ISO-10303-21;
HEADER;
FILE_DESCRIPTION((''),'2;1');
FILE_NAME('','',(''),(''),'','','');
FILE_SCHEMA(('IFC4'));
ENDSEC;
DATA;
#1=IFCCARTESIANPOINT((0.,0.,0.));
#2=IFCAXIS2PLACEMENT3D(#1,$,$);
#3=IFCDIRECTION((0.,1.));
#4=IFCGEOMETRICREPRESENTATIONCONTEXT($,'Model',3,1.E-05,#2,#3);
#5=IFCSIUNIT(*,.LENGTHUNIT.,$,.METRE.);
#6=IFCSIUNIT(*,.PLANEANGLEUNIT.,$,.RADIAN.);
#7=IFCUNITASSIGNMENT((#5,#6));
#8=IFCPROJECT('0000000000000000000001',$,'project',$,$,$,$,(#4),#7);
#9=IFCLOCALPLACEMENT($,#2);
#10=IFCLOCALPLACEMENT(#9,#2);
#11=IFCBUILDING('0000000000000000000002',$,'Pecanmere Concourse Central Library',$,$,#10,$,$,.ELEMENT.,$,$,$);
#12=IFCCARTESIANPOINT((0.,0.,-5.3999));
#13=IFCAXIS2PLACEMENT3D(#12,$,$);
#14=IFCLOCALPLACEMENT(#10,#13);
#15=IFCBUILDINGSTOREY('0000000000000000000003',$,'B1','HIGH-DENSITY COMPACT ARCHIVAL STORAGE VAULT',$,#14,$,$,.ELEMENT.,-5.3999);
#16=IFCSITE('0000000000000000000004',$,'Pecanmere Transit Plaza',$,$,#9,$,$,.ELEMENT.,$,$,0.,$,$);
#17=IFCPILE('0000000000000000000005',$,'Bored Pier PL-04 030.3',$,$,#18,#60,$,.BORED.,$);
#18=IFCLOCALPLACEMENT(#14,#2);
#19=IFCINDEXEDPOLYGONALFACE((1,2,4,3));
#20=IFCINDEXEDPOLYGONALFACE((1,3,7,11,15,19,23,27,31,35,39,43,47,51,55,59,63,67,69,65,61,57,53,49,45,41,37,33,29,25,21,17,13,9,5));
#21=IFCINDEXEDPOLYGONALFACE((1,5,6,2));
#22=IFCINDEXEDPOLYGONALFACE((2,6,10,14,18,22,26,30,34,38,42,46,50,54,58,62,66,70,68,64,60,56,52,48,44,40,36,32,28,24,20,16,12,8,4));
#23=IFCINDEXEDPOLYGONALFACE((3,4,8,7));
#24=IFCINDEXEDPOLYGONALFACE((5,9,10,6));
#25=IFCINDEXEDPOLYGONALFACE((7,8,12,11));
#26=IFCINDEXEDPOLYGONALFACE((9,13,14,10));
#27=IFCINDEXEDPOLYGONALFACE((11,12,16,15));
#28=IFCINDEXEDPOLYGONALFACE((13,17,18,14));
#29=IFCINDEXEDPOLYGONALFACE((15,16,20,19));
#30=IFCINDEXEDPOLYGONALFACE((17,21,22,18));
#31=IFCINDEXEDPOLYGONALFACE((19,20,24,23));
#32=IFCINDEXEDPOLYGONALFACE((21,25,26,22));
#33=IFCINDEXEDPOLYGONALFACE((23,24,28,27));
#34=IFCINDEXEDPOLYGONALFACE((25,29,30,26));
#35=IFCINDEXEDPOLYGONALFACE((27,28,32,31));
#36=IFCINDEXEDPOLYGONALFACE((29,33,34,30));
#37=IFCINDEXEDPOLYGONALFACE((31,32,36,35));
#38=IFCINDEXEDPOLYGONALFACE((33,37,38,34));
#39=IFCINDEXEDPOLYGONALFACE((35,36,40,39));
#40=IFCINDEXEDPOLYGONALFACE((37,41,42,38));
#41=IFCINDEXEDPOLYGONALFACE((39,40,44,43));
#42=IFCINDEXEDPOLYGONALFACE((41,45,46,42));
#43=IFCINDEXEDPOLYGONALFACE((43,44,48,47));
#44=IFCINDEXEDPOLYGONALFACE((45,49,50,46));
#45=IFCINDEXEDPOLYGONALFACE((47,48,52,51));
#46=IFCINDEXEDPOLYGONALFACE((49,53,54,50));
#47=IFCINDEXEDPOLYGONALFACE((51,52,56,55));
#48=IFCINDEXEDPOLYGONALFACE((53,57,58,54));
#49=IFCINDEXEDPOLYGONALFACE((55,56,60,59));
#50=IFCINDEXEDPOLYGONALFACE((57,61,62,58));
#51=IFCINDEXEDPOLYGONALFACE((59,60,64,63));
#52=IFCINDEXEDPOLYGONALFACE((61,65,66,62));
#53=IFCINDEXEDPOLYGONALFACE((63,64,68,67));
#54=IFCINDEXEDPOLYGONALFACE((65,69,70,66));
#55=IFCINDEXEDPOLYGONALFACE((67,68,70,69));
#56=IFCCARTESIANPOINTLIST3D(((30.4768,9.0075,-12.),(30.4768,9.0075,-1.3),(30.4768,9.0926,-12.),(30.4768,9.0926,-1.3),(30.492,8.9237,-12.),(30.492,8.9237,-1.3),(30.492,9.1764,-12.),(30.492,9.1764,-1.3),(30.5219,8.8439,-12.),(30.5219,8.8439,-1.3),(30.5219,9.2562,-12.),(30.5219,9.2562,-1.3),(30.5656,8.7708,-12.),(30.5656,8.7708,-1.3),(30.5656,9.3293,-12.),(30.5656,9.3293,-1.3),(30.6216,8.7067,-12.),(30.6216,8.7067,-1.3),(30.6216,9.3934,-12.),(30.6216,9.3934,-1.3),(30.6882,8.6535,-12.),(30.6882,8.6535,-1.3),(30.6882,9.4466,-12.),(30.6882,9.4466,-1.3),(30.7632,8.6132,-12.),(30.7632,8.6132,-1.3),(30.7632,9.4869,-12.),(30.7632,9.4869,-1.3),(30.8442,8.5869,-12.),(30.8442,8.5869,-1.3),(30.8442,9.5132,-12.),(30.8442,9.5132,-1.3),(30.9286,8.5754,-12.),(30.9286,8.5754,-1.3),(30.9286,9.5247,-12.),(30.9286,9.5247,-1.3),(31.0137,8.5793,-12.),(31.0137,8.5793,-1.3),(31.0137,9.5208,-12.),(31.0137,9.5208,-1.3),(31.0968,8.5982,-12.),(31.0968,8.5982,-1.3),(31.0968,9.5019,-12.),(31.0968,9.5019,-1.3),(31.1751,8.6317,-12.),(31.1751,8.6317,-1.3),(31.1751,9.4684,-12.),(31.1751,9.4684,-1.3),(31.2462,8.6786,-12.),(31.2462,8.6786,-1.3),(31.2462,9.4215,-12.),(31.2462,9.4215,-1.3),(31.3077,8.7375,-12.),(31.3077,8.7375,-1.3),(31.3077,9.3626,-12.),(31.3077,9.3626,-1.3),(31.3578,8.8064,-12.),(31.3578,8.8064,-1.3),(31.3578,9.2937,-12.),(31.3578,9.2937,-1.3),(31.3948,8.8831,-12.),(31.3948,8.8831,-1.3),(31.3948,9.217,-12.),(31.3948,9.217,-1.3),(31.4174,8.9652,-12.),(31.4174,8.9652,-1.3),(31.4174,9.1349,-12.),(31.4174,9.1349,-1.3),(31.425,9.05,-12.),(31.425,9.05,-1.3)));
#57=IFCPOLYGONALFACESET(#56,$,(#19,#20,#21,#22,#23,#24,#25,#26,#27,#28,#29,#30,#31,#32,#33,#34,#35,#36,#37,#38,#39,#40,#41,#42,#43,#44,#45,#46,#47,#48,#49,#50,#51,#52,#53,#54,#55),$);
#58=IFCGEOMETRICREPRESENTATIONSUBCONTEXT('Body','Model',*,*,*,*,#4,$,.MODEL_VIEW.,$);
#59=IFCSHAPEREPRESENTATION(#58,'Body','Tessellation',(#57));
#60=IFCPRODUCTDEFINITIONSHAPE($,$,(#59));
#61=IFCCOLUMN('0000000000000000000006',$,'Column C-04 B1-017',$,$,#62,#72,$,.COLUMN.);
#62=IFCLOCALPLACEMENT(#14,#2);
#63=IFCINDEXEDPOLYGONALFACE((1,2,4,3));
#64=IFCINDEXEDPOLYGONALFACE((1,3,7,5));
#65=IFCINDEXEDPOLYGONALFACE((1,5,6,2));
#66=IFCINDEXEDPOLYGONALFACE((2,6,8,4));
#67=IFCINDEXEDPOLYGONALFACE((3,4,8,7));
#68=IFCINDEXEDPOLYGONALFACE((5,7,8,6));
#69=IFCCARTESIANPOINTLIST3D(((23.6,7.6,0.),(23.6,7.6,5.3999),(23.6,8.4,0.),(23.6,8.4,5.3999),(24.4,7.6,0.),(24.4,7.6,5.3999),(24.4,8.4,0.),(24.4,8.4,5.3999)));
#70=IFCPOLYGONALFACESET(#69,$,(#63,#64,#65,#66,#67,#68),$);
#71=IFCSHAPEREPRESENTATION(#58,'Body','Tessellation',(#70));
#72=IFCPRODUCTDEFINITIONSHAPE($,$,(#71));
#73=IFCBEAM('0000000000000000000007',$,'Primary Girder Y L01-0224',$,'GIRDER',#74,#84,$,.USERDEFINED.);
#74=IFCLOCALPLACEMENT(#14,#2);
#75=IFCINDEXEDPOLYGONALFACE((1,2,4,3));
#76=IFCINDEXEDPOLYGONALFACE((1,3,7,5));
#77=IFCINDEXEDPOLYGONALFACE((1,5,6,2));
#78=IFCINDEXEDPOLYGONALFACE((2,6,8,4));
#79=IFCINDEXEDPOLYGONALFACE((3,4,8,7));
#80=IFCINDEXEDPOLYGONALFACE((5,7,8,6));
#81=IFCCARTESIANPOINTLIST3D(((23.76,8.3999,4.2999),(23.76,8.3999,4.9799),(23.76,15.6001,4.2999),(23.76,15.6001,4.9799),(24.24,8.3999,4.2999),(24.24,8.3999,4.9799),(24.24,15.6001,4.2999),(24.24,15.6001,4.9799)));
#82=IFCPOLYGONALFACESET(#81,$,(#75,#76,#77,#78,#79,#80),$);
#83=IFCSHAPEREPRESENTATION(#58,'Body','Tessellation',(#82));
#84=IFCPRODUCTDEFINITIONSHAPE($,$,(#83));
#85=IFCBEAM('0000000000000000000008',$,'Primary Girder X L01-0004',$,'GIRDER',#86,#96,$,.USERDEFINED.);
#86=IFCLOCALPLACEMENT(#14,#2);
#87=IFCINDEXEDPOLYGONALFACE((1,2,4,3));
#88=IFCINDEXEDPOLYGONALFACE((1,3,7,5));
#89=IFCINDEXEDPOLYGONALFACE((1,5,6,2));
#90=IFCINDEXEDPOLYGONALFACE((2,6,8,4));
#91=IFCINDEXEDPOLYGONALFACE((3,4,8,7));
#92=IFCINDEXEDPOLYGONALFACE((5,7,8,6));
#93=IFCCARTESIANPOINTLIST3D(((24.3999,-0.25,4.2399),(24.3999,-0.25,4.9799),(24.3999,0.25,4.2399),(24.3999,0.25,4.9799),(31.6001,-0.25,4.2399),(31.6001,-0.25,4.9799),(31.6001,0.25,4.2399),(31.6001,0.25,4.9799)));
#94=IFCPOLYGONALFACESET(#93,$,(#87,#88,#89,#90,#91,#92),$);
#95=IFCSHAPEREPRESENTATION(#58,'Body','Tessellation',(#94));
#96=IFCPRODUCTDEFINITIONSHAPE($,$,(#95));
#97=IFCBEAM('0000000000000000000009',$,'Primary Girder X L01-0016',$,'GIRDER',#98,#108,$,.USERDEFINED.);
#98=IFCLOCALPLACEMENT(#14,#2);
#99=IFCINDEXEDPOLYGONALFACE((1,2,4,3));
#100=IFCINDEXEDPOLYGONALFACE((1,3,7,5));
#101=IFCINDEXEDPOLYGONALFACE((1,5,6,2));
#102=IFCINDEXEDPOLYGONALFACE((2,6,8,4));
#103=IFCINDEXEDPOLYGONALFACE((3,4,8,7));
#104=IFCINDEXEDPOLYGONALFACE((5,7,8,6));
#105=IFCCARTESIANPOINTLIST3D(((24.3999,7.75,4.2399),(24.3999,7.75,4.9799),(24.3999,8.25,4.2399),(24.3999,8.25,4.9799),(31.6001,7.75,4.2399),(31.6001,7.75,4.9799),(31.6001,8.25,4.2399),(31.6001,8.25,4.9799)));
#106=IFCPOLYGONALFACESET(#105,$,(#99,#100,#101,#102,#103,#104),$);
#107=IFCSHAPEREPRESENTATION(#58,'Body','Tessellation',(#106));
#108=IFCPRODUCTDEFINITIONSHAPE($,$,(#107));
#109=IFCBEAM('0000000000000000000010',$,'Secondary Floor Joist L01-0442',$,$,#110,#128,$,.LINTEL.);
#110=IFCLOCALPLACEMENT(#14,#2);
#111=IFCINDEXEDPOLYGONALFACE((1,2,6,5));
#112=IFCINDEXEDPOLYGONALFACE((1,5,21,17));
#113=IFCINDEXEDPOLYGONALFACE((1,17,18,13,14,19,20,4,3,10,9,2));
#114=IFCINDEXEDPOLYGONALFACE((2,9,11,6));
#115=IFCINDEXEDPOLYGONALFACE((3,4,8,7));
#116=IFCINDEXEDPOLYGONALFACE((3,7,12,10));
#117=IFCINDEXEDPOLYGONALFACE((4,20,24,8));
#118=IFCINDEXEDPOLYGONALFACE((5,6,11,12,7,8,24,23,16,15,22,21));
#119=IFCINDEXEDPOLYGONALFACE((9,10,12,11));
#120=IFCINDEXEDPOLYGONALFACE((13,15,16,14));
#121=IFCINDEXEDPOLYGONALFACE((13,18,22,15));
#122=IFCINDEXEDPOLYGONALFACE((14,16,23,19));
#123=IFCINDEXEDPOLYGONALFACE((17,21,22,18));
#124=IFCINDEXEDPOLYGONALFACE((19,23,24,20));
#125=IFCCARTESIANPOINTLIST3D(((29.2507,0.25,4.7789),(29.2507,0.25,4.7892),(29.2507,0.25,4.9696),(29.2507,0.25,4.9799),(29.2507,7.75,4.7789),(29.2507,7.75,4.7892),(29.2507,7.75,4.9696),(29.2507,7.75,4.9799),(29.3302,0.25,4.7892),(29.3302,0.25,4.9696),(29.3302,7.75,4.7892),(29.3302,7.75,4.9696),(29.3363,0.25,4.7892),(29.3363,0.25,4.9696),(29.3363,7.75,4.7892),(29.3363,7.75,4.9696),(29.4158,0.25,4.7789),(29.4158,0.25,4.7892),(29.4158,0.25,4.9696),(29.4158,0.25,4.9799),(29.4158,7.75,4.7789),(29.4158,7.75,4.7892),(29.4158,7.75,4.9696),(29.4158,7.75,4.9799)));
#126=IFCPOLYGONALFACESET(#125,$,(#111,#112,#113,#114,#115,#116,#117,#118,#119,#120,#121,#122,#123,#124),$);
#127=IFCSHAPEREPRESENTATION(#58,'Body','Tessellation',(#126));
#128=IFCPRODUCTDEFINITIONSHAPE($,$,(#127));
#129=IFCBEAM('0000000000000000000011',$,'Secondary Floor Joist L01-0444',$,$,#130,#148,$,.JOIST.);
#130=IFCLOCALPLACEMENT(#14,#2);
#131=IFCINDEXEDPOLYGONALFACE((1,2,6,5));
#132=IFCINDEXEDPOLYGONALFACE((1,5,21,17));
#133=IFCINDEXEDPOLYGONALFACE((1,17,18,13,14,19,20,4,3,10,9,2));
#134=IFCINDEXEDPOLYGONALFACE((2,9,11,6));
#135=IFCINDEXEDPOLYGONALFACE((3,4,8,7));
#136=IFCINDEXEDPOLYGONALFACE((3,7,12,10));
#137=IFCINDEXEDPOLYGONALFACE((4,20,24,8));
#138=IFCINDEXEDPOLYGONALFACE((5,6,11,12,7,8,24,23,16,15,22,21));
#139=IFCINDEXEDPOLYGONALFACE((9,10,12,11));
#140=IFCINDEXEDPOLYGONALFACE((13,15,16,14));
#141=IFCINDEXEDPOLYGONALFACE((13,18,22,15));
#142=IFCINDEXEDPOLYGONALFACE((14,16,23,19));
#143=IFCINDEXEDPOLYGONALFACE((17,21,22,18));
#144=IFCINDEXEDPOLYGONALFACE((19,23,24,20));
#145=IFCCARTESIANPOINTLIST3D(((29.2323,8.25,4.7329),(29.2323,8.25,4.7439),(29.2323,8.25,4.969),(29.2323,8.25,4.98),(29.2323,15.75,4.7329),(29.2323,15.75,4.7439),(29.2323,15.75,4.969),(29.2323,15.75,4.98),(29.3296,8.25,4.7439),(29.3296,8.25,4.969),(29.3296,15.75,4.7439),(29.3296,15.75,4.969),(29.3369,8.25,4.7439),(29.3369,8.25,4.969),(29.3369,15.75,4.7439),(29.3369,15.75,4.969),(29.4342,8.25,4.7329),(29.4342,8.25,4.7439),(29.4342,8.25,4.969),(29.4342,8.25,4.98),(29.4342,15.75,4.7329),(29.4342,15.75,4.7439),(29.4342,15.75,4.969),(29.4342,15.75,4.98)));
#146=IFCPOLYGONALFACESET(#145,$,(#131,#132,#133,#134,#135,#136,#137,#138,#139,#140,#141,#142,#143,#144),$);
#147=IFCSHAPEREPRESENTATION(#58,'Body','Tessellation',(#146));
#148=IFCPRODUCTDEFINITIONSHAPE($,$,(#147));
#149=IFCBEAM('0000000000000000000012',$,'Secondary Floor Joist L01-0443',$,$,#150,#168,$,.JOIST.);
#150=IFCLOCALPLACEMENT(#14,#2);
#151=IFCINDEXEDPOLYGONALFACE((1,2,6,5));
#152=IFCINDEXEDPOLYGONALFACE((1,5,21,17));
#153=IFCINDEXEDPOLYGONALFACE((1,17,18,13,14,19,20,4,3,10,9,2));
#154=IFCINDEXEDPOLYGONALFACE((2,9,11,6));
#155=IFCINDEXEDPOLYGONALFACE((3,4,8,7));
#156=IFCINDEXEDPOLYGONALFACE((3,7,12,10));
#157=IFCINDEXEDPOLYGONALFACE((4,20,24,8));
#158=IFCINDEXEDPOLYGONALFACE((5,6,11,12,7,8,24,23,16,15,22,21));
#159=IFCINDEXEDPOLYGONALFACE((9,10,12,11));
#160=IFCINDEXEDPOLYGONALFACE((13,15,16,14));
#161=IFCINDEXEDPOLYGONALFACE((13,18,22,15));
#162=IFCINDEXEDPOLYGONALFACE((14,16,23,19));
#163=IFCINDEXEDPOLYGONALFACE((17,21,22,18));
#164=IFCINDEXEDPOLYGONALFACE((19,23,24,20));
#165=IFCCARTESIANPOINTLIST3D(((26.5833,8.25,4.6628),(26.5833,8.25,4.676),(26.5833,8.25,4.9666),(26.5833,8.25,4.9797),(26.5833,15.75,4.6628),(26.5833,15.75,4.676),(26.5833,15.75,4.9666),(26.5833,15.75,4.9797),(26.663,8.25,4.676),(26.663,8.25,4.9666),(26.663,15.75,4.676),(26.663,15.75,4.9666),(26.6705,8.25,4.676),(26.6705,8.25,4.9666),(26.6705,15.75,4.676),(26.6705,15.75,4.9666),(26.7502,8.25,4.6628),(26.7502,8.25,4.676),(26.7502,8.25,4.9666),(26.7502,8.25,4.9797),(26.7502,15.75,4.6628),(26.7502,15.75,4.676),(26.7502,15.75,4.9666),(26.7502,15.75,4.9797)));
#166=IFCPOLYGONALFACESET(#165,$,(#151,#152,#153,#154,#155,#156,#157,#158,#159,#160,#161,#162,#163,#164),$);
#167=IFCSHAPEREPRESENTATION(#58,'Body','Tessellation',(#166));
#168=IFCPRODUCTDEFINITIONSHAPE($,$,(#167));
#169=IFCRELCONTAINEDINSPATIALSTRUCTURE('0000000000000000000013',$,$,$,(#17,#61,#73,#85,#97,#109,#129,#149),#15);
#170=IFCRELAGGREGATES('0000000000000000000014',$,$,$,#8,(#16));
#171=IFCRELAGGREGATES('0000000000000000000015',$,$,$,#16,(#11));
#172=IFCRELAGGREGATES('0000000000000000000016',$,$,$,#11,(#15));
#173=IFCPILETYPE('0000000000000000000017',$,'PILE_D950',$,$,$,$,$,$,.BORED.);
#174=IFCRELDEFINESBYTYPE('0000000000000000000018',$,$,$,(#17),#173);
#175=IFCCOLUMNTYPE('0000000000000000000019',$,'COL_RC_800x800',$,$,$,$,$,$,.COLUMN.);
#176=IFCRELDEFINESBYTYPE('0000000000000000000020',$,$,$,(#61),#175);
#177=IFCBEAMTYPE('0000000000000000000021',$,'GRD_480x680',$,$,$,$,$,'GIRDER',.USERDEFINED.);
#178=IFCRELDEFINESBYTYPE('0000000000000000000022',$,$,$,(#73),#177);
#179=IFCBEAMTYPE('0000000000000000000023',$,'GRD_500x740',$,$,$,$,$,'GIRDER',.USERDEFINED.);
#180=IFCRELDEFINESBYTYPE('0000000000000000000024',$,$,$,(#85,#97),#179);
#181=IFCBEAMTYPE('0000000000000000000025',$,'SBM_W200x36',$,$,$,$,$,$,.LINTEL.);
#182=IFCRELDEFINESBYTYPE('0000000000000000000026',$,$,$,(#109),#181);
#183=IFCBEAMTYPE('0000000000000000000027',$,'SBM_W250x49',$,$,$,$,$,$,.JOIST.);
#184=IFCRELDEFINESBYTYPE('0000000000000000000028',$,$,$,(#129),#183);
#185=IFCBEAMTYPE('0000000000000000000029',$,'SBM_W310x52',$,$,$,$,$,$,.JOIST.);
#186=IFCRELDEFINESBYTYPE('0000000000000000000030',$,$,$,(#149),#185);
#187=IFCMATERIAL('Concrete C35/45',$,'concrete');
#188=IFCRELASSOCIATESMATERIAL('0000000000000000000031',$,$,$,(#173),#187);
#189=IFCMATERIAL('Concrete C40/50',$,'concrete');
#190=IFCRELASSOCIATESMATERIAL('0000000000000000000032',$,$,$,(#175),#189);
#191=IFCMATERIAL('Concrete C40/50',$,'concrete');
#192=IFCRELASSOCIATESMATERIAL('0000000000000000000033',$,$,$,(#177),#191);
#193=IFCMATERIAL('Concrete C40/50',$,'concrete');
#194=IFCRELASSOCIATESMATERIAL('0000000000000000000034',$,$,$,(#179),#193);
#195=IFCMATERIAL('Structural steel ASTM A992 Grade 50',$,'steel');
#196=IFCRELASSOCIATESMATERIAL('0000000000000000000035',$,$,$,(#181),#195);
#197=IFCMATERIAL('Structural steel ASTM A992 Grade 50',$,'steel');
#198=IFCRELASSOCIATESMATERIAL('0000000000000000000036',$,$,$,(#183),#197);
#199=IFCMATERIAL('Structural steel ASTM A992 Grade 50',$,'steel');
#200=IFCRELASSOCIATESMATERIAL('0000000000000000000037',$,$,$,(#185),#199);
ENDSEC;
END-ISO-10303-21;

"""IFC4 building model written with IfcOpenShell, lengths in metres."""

from ifc_helpers import new_model, si_unit, direction, frame, origin, origin_2d, place, context, subcontext, project, spatial, rectangle, circle, i_section, extrude, material, material_profile, profile_set, type_object, element, save


model = new_model("IFC4")

# Units and contexts
model_context = context("Model", 3, precision=1e-05, world=origin(), true_north=direction((0.0, 1.0)))
body_context = subcontext(model_context, "Body", "Model", "MODEL_VIEW")
ifc_project = project(units=[si_unit("LENGTHUNIT", "METRE"), si_unit("PLANEANGLEUNIT", "RADIAN")], contexts=[model_context])

# Site, building, storey
site_placement = place(None, origin())
site = spatial("IfcSite", under=ifc_project, at=site_placement, Name="Pecanmere Transit Plaza", CompositionType="ELEMENT", RefElevation=0.0)
building_placement = place(site_placement, origin())
building = spatial("IfcBuilding", under=site, at=building_placement, Name="Pecanmere Concourse Central Library", CompositionType="ELEMENT")
storey_placement = place(building_placement, frame((0.0, 0.0, -5.3999)))
storey = spatial("IfcBuildingStorey", under=building, at=storey_placement, Name="B1", Description="HIGH-DENSITY COMPACT ARCHIVAL STORAGE VAULT", CompositionType="ELEMENT", Elevation=-5.3999)

# Pile
ifc_material_1 = material(Name="Concrete C35/45", Category="concrete")
ifc_material_profile_1 = material_profile(ifc_material_1, circle(Radius=0.4751, at=origin_2d()), Name="PIER D950")
ifc_profile_set_1 = profile_set([ifc_material_profile_1], Name="Concrete C35/45")
pile_type = type_object("IfcPileType", Name="PILE_D950", PredefinedType="BORED", material=ifc_profile_set_1)
for number, where, z_axis, x_axis, name in (
    (1, (30.95, 9.05, -1.3), (0.0, 0.0, -1.0), (1.0, 0.0, 0.0), "Bored Pier PL-04 030.3"),
):
    element("IfcPile", number, at=place(storey_placement, frame(where, z_axis=z_axis, x_axis=x_axis)), inside=storey, type_object=pile_type, Name=name, PredefinedType="BORED", context=body_context, shape_type="SweptSolid", body=[
        extrude(circle(Radius=0.4751, at=origin_2d()), origin(), (0.0, 0.0, 1.0), 10.7),
    ])

# Column
ifc_material_2 = material(Name="Concrete C40/50", Category="concrete")
ifc_material_profile_2 = material_profile(ifc_material_2, rectangle(XDim=0.8, YDim=0.8, at=origin_2d()), Name="RC 800x800")
ifc_profile_set_2 = profile_set([ifc_material_profile_2], Name="Concrete C40/50")
column_type = type_object("IfcColumnType", Name="COL_RC_800x800", PredefinedType="COLUMN", material=ifc_profile_set_2)
column_placement = place(storey_placement, frame((24.0, 8.0, 0.0), z_axis=(0.0, 0.0, 1.0), x_axis=(1.0, 0.0, 0.0)))
element("IfcColumn", 2, at=column_placement, inside=storey, type_object=column_type, Name="Column C-04 B1-017", PredefinedType="COLUMN", context=body_context, shape_type="SweptSolid", body=[
    extrude(rectangle(XDim=0.8, YDim=0.8, at=origin_2d()), origin(), (0.0, 0.0, 1.0), 5.3999),
])

# Beams
ifc_material_3 = material(Name="Concrete C40/50", Category="concrete")
ifc_material_profile_3 = material_profile(ifc_material_3, rectangle(XDim=0.48, YDim=0.6799, at=origin_2d()), Name="RC 480x680")
ifc_profile_set_3 = profile_set([ifc_material_profile_3], Name="Concrete C40/50")
beam_type_1 = type_object("IfcBeamType", Name="GRD_480x680", ElementType="GIRDER", PredefinedType="USERDEFINED", material=ifc_profile_set_3)
beam_1_placement = place(storey_placement, frame((24.0, 8.3999, 4.6399), z_axis=(0.0, 1.0, 0.0), x_axis=(-1.0, 0.0, 0.0)))
element("IfcBeam", 3, at=beam_1_placement, inside=storey, type_object=beam_type_1, Name="Primary Girder Y L01-0224", ObjectType="GIRDER", PredefinedType="USERDEFINED", context=body_context, shape_type="SweptSolid", body=[
    extrude(rectangle(XDim=0.48, YDim=0.6799, at=origin_2d()), origin(), (0.0, 0.0, 1.0), 7.2002),
])
ifc_material_4 = material(Name="Concrete C40/50", Category="concrete")
ifc_material_profile_4 = material_profile(ifc_material_4, rectangle(XDim=0.5, YDim=0.74, at=origin_2d()), Name="RC 500x740")
ifc_profile_set_4 = profile_set([ifc_material_profile_4], Name="Concrete C40/50")
beam_type_2 = type_object("IfcBeamType", Name="GRD_500x740", ElementType="GIRDER", PredefinedType="USERDEFINED", material=ifc_profile_set_4)
for number, where, z_axis, x_axis, name in (
    (4, (24.3999, 0.0, 4.6099), (1.0, 0.0, 0.0), (0.0, 1.0, 0.0), "Primary Girder X L01-0004"),
    (5, (24.3999, 8.0, 4.6099), (1.0, 0.0, 0.0), (0.0, 1.0, 0.0), "Primary Girder X L01-0016"),
):
    element("IfcBeam", number, at=place(storey_placement, frame(where, z_axis=z_axis, x_axis=x_axis)), inside=storey, type_object=beam_type_2, Name=name, ObjectType="GIRDER", PredefinedType="USERDEFINED", context=body_context, shape_type="SweptSolid", body=[
        extrude(rectangle(XDim=0.5, YDim=0.74, at=origin_2d()), origin(), (0.0, 0.0, 1.0), 7.2002),
    ])
ifc_material_5 = material(Name="Structural steel ASTM A992 Grade 50", Category="steel")
ifc_material_profile_5 = material_profile(ifc_material_5, i_section(OverallWidth=0.165, OverallDepth=0.2009, WebThickness=0.0061, FlangeThickness=0.0103, at=origin_2d()), Name="W200x35.9")
ifc_profile_set_5 = profile_set([ifc_material_profile_5], Name="Structural steel ASTM A992 Grade 50")
beam_type_3 = type_object("IfcBeamType", Name="SBM_W200x36", PredefinedType="LINTEL", material=ifc_profile_set_5)
beam_2_placement = place(storey_placement, frame((29.3333, 0.25, 4.8794), z_axis=(0.0, 1.0, 0.0), x_axis=(-1.0, 0.0, 0.0)))
element("IfcBeam", 6, at=beam_2_placement, inside=storey, type_object=beam_type_3, Name="Secondary Floor Joist L01-0442", PredefinedType="LINTEL", context=body_context, shape_type="SweptSolid", body=[
    extrude(i_section(OverallWidth=0.165, OverallDepth=0.2009, WebThickness=0.0061, FlangeThickness=0.0103, at=origin_2d()), origin(), (0.0, 0.0, 1.0), 7.5),
])
ifc_material_6 = material(Name="Structural steel ASTM A992 Grade 50", Category="steel")
ifc_material_profile_6 = material_profile(ifc_material_6, i_section(OverallWidth=0.2019, OverallDepth=0.2471, WebThickness=0.0073, FlangeThickness=0.011, at=origin_2d()), Name="W250x49.1")
ifc_profile_set_6 = profile_set([ifc_material_profile_6], Name="Structural steel ASTM A992 Grade 50")
beam_type_4 = type_object("IfcBeamType", Name="SBM_W250x49", PredefinedType="JOIST", material=ifc_profile_set_6)
beam_3_placement = place(storey_placement, frame((29.3333, 8.25, 4.8564), z_axis=(0.0, 1.0, 0.0), x_axis=(-1.0, 0.0, 0.0)))
element("IfcBeam", 7, at=beam_3_placement, inside=storey, type_object=beam_type_4, Name="Secondary Floor Joist L01-0444", PredefinedType="JOIST", context=body_context, shape_type="SweptSolid", body=[
    extrude(i_section(OverallWidth=0.2019, OverallDepth=0.2471, WebThickness=0.0073, FlangeThickness=0.011, at=origin_2d()), origin(), (0.0, 0.0, 1.0), 7.5),
])
ifc_material_7 = material(Name="Structural steel ASTM A992 Grade 50", Category="steel")
ifc_material_profile_7 = material_profile(ifc_material_7, i_section(OverallWidth=0.167, OverallDepth=0.3169, WebThickness=0.0076, FlangeThickness=0.0132, at=origin_2d()), Name="W310x52")
ifc_profile_set_7 = profile_set([ifc_material_profile_7], Name="Structural steel ASTM A992 Grade 50")
beam_type_5 = type_object("IfcBeamType", Name="SBM_W310x52", PredefinedType="JOIST", material=ifc_profile_set_7)
beam_4_placement = place(storey_placement, frame((26.6667, 8.25, 4.8213), z_axis=(0.0, 1.0, 0.0), x_axis=(-1.0, 0.0, 0.0)))
element("IfcBeam", 8, at=beam_4_placement, inside=storey, type_object=beam_type_5, Name="Secondary Floor Joist L01-0443", PredefinedType="JOIST", context=body_context, shape_type="SweptSolid", body=[
    extrude(i_section(OverallWidth=0.167, OverallDepth=0.3169, WebThickness=0.0076, FlangeThickness=0.0132, at=origin_2d()), origin(), (0.0, 0.0, 1.0), 7.5),
])

save(model, "model.ifc")
